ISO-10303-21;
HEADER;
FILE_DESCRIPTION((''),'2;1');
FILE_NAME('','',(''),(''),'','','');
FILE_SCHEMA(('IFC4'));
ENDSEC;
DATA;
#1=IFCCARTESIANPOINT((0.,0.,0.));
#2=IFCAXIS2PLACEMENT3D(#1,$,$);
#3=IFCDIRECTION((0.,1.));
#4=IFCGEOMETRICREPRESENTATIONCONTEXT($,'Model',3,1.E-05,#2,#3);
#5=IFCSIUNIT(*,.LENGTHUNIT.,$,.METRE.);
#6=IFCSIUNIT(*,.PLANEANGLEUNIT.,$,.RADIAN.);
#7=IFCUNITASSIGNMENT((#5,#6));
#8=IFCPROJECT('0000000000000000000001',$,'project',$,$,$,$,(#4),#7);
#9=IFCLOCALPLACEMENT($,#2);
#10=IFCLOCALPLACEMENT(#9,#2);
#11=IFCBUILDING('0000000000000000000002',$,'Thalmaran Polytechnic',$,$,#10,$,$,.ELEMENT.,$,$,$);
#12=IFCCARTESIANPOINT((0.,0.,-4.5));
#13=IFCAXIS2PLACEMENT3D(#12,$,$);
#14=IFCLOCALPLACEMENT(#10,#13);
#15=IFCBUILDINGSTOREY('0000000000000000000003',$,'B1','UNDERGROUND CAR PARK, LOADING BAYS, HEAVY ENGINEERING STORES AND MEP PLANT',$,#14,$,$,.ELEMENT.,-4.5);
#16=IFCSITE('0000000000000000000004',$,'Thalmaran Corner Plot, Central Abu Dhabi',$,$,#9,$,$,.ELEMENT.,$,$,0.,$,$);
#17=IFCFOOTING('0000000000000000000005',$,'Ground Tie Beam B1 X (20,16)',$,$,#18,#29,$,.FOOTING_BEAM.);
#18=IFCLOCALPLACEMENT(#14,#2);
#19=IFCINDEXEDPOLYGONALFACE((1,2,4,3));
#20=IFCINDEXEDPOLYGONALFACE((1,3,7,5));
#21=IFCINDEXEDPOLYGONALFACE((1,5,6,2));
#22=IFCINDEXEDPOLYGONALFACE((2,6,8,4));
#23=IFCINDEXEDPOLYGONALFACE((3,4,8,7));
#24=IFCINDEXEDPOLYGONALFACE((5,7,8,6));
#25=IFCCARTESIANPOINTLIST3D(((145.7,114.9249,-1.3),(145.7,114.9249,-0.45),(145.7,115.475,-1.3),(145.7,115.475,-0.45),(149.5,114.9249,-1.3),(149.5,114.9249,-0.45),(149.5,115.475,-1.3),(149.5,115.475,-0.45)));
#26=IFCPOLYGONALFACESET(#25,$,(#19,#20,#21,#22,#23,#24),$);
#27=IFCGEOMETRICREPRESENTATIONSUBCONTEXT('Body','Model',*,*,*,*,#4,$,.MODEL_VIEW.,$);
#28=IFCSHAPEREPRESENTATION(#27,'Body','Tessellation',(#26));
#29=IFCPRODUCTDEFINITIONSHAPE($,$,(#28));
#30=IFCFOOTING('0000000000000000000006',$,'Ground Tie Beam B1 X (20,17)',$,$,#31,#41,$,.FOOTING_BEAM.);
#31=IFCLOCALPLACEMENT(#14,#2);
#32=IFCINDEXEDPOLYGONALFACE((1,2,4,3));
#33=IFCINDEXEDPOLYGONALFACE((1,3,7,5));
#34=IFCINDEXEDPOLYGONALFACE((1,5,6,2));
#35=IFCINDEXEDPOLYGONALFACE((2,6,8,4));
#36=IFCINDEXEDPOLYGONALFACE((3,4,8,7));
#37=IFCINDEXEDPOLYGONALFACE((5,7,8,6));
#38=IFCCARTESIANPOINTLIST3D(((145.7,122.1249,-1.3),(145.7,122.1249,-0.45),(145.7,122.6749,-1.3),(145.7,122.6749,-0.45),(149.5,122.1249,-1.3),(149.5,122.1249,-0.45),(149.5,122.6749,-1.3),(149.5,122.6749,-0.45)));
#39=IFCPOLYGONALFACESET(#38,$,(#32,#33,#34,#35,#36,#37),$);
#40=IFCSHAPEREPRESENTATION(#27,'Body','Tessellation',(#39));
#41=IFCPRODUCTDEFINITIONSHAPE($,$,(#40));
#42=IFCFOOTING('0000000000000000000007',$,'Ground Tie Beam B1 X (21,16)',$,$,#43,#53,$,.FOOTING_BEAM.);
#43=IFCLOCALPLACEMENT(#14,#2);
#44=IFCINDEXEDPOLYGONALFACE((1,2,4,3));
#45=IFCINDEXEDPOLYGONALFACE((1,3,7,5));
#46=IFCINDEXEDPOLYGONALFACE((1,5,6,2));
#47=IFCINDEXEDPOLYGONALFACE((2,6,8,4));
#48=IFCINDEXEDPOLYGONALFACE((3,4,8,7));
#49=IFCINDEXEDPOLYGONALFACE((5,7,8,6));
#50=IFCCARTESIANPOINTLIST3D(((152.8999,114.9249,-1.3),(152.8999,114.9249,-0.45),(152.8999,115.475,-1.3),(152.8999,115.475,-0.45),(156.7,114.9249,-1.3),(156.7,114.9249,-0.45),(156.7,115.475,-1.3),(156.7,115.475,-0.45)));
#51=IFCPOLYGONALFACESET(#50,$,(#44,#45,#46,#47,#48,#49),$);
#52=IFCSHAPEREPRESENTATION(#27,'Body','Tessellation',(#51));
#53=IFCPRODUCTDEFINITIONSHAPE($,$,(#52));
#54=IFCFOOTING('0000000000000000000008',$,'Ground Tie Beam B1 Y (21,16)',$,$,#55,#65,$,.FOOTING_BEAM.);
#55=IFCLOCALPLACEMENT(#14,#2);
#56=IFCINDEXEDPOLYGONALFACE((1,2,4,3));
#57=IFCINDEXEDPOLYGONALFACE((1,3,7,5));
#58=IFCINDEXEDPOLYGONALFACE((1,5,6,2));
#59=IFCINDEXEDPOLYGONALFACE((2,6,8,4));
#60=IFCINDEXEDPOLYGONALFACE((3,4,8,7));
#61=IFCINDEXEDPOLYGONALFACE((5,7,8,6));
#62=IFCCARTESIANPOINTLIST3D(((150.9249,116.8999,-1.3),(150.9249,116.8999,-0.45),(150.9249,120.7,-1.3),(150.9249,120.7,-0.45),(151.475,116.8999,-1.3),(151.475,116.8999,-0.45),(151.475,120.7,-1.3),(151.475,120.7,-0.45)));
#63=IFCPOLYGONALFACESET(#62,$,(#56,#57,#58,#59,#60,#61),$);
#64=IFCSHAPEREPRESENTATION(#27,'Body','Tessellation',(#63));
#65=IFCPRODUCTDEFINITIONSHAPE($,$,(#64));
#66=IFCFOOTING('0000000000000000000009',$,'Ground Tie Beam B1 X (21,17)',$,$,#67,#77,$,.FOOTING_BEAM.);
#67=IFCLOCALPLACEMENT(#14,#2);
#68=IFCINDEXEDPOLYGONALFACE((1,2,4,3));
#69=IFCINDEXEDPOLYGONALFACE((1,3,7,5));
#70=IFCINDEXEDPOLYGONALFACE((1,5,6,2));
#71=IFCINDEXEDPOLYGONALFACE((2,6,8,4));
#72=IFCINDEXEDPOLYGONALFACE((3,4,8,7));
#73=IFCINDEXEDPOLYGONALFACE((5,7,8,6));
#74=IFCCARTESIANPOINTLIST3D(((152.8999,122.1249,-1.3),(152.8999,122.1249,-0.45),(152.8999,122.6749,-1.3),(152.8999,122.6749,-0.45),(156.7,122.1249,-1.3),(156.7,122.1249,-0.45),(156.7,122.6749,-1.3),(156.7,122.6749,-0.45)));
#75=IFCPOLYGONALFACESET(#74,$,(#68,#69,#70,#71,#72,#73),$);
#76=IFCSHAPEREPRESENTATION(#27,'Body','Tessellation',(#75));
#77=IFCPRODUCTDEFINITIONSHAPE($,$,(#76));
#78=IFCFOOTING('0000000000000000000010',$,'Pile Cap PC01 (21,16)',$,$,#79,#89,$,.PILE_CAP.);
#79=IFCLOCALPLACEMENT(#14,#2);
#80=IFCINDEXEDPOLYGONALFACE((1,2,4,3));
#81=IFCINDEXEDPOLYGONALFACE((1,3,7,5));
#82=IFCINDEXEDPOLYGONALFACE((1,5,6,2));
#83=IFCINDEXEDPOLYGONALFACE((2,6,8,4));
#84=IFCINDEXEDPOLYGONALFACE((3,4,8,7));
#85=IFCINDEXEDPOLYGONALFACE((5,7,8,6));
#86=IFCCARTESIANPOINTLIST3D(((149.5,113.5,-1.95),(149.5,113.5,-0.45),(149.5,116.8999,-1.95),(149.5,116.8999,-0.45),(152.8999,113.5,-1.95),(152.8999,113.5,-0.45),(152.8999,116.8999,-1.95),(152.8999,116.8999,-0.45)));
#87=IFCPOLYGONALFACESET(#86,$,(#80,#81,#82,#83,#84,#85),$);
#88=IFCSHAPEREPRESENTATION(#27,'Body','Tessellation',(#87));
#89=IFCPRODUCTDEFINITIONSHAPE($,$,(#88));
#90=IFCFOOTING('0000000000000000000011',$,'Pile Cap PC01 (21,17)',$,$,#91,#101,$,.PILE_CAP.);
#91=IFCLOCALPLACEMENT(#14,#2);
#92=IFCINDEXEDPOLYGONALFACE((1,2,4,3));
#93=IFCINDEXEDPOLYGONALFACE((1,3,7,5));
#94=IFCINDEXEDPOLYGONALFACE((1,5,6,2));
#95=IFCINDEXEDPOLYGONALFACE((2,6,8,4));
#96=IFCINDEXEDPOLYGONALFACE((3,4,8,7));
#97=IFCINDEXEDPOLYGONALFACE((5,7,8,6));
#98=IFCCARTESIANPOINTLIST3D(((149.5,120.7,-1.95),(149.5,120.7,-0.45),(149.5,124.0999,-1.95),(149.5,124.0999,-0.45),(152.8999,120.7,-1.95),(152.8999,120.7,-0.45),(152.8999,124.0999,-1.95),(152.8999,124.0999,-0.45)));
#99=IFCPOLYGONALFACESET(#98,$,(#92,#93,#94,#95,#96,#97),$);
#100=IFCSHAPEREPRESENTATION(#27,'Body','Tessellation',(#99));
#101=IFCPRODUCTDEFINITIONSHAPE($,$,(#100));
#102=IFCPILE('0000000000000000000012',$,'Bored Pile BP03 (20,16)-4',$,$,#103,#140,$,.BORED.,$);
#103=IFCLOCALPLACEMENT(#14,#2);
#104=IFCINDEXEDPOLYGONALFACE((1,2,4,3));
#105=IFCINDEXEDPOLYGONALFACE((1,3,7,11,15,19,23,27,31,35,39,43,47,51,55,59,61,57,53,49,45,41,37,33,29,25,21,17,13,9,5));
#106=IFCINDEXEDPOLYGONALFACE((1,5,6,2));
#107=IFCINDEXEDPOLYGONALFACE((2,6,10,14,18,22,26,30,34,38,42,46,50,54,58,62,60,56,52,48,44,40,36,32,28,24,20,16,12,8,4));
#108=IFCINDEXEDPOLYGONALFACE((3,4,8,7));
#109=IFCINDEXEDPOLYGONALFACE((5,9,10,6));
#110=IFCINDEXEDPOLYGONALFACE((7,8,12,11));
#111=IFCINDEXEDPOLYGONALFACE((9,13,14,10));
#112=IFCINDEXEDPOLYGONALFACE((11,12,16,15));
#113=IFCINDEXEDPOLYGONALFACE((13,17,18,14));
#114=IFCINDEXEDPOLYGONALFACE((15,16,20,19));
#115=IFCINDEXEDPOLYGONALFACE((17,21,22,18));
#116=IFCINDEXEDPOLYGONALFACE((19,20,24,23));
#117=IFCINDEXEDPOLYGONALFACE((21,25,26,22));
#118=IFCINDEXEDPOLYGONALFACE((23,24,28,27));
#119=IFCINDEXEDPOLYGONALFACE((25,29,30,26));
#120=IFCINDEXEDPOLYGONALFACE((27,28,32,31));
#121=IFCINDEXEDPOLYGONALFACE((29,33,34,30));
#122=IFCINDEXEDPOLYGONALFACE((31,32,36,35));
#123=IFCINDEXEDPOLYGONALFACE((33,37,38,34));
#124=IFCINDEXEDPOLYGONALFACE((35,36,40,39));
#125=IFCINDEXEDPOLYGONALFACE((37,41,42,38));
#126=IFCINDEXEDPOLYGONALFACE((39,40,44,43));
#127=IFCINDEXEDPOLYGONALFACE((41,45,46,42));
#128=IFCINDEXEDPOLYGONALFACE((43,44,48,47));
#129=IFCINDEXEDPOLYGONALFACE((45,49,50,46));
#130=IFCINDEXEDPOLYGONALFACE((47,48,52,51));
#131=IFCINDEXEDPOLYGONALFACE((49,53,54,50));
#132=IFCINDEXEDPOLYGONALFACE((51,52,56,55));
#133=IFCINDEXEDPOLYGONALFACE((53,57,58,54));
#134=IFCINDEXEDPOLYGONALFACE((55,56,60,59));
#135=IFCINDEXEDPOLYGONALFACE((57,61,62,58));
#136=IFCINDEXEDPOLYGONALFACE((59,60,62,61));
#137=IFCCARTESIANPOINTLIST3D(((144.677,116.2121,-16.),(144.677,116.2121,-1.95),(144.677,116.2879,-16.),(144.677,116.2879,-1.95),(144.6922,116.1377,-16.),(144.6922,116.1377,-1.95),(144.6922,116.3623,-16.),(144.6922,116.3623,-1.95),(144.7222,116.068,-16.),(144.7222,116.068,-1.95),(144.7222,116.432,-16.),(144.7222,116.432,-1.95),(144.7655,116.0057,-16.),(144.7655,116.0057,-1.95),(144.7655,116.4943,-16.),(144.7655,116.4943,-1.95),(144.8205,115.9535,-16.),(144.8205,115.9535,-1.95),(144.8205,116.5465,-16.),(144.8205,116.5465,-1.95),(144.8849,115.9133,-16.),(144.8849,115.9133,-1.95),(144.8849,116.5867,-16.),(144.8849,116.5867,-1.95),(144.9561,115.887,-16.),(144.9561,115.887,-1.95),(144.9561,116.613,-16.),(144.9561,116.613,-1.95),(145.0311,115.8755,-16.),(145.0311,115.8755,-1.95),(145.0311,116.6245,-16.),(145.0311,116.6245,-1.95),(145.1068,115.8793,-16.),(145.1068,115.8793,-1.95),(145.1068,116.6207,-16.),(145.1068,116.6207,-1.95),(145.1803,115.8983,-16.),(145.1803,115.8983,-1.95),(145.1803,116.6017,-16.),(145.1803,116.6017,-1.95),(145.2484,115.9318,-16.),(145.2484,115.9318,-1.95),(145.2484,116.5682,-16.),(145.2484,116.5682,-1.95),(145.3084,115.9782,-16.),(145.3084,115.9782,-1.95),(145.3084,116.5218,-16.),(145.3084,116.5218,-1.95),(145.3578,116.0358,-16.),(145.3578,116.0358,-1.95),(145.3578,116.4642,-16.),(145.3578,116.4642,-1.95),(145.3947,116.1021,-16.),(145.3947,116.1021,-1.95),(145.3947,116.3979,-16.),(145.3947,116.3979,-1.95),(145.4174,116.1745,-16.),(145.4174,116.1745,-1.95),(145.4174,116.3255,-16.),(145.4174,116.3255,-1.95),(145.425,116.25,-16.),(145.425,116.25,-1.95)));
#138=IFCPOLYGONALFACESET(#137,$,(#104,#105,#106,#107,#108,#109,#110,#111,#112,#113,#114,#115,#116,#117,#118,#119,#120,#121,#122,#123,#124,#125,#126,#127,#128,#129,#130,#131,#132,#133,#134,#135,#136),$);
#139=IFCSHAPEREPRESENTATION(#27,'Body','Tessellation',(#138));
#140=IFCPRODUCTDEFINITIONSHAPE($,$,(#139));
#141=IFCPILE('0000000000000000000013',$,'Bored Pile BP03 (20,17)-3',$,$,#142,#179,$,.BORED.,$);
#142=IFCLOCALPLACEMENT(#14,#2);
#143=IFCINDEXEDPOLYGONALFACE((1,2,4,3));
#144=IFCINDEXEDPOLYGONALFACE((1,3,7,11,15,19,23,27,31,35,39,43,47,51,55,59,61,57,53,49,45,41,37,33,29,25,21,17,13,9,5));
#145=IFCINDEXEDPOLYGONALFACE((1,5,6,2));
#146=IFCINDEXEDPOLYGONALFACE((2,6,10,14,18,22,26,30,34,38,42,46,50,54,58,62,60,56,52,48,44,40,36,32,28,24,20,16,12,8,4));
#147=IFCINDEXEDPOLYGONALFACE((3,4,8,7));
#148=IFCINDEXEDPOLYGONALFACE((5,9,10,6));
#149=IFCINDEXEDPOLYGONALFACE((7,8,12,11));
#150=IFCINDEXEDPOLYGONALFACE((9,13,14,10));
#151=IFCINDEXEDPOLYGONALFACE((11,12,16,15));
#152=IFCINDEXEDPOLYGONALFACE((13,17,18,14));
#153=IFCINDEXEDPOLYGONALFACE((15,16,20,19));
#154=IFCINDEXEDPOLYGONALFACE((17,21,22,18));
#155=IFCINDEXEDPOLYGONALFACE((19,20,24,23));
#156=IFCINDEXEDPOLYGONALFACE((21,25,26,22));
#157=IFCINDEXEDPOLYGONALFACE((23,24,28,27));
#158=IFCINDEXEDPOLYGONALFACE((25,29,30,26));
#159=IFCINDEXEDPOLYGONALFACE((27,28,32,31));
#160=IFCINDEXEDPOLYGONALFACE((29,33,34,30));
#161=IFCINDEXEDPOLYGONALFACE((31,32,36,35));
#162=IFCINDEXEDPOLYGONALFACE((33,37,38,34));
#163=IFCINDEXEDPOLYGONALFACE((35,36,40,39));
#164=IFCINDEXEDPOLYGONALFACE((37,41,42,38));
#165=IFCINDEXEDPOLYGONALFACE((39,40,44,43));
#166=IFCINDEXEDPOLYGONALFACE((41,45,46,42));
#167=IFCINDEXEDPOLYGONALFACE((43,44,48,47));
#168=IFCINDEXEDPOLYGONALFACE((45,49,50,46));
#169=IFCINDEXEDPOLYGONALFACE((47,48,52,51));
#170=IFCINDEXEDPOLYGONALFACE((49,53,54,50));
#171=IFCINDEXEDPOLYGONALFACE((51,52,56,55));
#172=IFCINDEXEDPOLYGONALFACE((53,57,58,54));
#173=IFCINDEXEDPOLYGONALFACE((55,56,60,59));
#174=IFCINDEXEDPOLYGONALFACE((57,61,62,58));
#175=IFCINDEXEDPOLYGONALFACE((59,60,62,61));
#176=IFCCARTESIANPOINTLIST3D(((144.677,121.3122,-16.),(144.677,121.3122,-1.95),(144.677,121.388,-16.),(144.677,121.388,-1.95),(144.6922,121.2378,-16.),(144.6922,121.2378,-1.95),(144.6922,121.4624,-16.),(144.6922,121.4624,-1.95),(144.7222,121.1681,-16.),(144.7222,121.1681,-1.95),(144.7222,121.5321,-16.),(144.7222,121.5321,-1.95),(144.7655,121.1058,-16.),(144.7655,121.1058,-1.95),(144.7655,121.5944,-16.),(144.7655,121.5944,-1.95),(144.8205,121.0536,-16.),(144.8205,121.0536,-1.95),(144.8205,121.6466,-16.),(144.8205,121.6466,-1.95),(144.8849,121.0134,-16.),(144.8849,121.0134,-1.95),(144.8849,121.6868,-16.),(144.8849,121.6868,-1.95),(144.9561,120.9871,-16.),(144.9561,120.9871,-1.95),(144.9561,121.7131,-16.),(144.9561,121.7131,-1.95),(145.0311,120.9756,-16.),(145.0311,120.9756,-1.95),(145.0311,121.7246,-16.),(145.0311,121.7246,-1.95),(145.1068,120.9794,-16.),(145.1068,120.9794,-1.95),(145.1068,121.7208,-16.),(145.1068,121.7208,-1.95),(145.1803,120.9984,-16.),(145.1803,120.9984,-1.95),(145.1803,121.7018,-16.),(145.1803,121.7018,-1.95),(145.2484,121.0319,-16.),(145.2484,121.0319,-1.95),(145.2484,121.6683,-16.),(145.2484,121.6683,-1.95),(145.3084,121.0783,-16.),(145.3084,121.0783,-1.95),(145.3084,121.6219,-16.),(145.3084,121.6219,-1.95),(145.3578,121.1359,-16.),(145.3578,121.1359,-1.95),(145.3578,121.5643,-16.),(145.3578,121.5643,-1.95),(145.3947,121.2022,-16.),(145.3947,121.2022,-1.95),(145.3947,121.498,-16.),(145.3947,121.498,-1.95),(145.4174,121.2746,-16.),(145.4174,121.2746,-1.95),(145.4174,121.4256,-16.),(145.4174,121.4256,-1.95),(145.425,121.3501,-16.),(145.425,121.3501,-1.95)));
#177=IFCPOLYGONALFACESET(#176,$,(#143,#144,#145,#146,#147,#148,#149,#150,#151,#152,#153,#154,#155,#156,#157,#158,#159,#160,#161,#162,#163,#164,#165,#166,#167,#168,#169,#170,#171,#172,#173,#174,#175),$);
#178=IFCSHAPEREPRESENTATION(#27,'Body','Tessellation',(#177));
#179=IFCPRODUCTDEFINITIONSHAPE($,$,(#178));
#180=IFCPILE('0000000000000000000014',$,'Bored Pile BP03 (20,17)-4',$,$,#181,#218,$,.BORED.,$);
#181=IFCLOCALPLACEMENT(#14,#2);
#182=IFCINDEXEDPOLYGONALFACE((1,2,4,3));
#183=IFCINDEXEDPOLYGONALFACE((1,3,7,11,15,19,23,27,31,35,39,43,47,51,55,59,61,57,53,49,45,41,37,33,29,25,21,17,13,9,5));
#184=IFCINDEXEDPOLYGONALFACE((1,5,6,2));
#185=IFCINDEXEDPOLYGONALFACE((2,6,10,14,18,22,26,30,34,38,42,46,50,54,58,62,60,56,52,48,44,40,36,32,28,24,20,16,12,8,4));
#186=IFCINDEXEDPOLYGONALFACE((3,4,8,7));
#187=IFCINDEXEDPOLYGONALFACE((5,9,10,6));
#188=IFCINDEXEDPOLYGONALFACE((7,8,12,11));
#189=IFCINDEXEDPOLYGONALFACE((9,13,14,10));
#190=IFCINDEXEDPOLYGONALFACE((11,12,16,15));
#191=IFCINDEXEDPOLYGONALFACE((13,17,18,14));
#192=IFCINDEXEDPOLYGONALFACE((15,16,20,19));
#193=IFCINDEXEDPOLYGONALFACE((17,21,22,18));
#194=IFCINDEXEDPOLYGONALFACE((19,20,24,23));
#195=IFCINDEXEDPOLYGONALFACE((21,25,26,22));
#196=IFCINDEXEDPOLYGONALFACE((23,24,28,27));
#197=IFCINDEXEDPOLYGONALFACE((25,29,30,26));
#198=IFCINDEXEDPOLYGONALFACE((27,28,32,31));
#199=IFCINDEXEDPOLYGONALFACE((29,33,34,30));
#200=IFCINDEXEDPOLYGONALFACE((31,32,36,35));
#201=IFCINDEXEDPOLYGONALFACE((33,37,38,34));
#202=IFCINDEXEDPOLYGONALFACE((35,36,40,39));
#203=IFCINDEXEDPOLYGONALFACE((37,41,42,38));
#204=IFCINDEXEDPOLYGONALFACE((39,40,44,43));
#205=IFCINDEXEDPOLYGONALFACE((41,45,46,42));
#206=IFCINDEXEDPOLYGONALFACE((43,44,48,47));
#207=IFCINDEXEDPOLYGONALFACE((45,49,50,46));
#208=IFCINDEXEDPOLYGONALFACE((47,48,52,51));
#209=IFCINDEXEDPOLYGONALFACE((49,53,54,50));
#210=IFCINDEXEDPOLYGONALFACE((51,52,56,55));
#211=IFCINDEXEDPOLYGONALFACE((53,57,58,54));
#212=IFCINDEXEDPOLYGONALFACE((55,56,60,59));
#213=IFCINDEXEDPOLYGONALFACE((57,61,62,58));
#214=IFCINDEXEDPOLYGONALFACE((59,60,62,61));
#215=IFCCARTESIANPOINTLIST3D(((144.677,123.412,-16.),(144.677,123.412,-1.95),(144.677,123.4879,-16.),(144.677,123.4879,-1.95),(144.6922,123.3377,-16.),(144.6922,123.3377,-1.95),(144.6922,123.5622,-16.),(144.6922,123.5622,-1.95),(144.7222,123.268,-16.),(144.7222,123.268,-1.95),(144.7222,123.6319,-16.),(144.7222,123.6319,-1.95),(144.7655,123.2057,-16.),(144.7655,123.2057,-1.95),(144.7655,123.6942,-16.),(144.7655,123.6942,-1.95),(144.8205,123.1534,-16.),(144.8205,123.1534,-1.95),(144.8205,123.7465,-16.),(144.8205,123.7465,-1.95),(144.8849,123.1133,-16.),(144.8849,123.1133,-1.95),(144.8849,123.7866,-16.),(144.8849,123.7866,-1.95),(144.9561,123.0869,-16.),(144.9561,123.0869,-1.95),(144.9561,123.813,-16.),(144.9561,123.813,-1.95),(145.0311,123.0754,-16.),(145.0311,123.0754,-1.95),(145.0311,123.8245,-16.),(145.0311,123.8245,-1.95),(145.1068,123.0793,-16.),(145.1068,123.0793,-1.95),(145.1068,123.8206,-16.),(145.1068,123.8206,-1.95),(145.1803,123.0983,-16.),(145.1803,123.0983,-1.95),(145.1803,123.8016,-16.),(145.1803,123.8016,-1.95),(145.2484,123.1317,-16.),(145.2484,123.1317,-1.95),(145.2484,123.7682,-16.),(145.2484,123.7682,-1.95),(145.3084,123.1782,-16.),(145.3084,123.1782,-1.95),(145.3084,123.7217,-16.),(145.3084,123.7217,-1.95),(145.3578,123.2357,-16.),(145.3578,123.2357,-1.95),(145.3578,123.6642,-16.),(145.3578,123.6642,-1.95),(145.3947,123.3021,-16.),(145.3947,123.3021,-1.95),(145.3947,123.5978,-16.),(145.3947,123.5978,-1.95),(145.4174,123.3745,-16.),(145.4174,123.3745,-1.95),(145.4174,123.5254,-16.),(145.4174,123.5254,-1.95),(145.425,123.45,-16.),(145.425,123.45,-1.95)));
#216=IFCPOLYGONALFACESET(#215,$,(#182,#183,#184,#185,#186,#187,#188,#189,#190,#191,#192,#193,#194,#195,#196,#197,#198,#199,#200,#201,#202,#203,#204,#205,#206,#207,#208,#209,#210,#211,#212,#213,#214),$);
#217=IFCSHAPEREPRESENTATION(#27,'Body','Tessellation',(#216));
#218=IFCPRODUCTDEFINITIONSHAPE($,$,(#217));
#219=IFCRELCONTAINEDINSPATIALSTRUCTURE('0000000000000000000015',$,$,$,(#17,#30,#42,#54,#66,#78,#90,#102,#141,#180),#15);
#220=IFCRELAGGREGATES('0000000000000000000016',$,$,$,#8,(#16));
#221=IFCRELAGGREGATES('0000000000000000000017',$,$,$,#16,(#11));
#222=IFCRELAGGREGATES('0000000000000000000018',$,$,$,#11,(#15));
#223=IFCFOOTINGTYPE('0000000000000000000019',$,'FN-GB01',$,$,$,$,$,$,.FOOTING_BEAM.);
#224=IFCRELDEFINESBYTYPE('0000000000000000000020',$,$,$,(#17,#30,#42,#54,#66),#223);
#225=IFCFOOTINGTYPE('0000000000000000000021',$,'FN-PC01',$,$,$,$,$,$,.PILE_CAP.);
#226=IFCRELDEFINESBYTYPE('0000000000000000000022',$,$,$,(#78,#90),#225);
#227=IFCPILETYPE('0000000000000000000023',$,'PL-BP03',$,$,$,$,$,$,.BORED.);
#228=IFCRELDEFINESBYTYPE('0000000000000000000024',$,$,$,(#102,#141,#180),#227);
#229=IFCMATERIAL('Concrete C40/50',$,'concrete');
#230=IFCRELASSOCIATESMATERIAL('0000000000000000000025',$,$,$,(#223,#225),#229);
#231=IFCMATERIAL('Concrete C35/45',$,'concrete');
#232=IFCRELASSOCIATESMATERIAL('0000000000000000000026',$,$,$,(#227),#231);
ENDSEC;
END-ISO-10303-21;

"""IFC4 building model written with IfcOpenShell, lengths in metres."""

from ifc_helpers import new_model, si_unit, direction, frame, origin, origin_2d, place, context, subcontext, project, spatial, rectangle, circle, extrude, material, material_profile, profile_set, type_object, element, save


model = new_model("IFC4")

# Units and contexts
model_context = context("Model", 3, precision=1e-05, world=origin(), true_north=direction((0.0, 1.0)))
body_context = subcontext(model_context, "Body", "Model", "MODEL_VIEW")
ifc_project = project(units=[si_unit("LENGTHUNIT", "METRE"), si_unit("PLANEANGLEUNIT", "RADIAN")], contexts=[model_context])

# Site, building, storey
site_placement = place(None, origin())
site = spatial("IfcSite", under=ifc_project, at=site_placement, Name="Thalmaran Corner Plot, Central Abu Dhabi", CompositionType="ELEMENT", RefElevation=0.0)
building_placement = place(site_placement, origin())
building = spatial("IfcBuilding", under=site, at=building_placement, Name="Thalmaran Polytechnic", CompositionType="ELEMENT")
storey_placement = place(building_placement, frame((0.0, 0.0, -4.5)))
storey = spatial("IfcBuildingStorey", under=building, at=storey_placement, Name="B1", Description="UNDERGROUND CAR PARK, LOADING BAYS, HEAVY ENGINEERING STORES AND MEP PLANT", CompositionType="ELEMENT", Elevation=-4.5)

# Footings
ifc_material_1 = material(Name="Concrete C40/50", Category="concrete")
ifc_material_profile_1 = material_profile(ifc_material_1, rectangle(XDim=0.55, YDim=0.8501, at=origin_2d()), Name="RC 550x850")
ifc_profile_set_1 = profile_set([ifc_material_profile_1], Name="Concrete C40/50")
footing_type_1 = type_object("IfcFootingType", Name="FN-GB01", PredefinedType="FOOTING_BEAM", material=ifc_profile_set_1)
for number, where, z_axis, x_axis, name in (
    (1, (145.7, 115.2, -0.875), (1.0, 0.0, 0.0), (0.0, 1.0, 0.0), "Ground Tie Beam B1 X (20,16)"),
    (2, (145.7, 122.3999, -0.875), (1.0, 0.0, 0.0), (0.0, 1.0, 0.0), "Ground Tie Beam B1 X (20,17)"),
    (3, (152.8999, 115.2, -0.875), (1.0, 0.0, 0.0), (0.0, 1.0, 0.0), "Ground Tie Beam B1 X (21,16)"),
    (4, (151.2, 116.8999, -0.875), (0.0, 1.0, 0.0), (-1.0, 0.0, 0.0), "Ground Tie Beam B1 Y (21,16)"),
    (5, (152.8999, 122.3999, -0.875), (1.0, 0.0, 0.0), (0.0, 1.0, 0.0), "Ground Tie Beam B1 X (21,17)"),
):
    element("IfcFooting", number, at=place(storey_placement, frame(where, z_axis=z_axis, x_axis=x_axis)), inside=storey, type_object=footing_type_1, Name=name, PredefinedType="FOOTING_BEAM", context=body_context, shape_type="SweptSolid", body=[
        extrude(rectangle(XDim=0.55, YDim=0.8501, at=origin_2d()), origin(), (0.0, 0.0, 1.0), 3.8),
    ])
footing_type_2 = type_object("IfcFootingType", Name="FN-PC01", PredefinedType="PILE_CAP", material=ifc_material_1)
for number, where, z_axis, x_axis, name in (
    (6, (151.2, 115.2, -1.95), (0.0, 0.0, 1.0), (1.0, 0.0, 0.0), "Pile Cap PC01 (21,16)"),
    (7, (151.2, 122.3999, -1.95), (0.0, 0.0, 1.0), (1.0, 0.0, 0.0), "Pile Cap PC01 (21,17)"),
):
    element("IfcFooting", number, at=place(storey_placement, frame(where, z_axis=z_axis, x_axis=x_axis)), inside=storey, type_object=footing_type_2, Name=name, PredefinedType="PILE_CAP", context=body_context, shape_type="SweptSolid", body=[
        extrude(rectangle(XDim=3.3999, YDim=3.3999, at=origin_2d()), origin(), (0.0, 0.0, 1.0), 1.5),
    ])

# Piles
ifc_material_2 = material(Name="Concrete C35/45", Category="concrete")
ifc_material_profile_2 = material_profile(ifc_material_2, circle(Radius=0.375, at=origin_2d()), Name="RC 750 DIA")
ifc_profile_set_2 = profile_set([ifc_material_profile_2], Name="Concrete C35/45")
pile_type = type_object("IfcPileType", Name="PL-BP03", PredefinedType="BORED", material=ifc_profile_set_2)
for number, where, z_axis, x_axis, name in (
    (8, (145.05, 116.25, -1.95), (0.0, 0.0, -1.0), (1.0, 0.0, 0.0), "Bored Pile BP03 (20,16)-4"),
    (9, (145.05, 121.3501, -1.95), (0.0, 0.0, -1.0), (1.0, 0.0, 0.0), "Bored Pile BP03 (20,17)-3"),
    (10, (145.05, 123.45, -1.95), (0.0, 0.0, -1.0), (1.0, 0.0, 0.0), "Bored Pile BP03 (20,17)-4"),
):
    element("IfcPile", number, at=place(storey_placement, frame(where, z_axis=z_axis, x_axis=x_axis)), inside=storey, type_object=pile_type, Name=name, PredefinedType="BORED", context=body_context, shape_type="SweptSolid", body=[
        extrude(circle(Radius=0.375, at=origin_2d()), origin(), (0.0, 0.0, 1.0), 14.05),
    ])

save(model, "model.ifc")
